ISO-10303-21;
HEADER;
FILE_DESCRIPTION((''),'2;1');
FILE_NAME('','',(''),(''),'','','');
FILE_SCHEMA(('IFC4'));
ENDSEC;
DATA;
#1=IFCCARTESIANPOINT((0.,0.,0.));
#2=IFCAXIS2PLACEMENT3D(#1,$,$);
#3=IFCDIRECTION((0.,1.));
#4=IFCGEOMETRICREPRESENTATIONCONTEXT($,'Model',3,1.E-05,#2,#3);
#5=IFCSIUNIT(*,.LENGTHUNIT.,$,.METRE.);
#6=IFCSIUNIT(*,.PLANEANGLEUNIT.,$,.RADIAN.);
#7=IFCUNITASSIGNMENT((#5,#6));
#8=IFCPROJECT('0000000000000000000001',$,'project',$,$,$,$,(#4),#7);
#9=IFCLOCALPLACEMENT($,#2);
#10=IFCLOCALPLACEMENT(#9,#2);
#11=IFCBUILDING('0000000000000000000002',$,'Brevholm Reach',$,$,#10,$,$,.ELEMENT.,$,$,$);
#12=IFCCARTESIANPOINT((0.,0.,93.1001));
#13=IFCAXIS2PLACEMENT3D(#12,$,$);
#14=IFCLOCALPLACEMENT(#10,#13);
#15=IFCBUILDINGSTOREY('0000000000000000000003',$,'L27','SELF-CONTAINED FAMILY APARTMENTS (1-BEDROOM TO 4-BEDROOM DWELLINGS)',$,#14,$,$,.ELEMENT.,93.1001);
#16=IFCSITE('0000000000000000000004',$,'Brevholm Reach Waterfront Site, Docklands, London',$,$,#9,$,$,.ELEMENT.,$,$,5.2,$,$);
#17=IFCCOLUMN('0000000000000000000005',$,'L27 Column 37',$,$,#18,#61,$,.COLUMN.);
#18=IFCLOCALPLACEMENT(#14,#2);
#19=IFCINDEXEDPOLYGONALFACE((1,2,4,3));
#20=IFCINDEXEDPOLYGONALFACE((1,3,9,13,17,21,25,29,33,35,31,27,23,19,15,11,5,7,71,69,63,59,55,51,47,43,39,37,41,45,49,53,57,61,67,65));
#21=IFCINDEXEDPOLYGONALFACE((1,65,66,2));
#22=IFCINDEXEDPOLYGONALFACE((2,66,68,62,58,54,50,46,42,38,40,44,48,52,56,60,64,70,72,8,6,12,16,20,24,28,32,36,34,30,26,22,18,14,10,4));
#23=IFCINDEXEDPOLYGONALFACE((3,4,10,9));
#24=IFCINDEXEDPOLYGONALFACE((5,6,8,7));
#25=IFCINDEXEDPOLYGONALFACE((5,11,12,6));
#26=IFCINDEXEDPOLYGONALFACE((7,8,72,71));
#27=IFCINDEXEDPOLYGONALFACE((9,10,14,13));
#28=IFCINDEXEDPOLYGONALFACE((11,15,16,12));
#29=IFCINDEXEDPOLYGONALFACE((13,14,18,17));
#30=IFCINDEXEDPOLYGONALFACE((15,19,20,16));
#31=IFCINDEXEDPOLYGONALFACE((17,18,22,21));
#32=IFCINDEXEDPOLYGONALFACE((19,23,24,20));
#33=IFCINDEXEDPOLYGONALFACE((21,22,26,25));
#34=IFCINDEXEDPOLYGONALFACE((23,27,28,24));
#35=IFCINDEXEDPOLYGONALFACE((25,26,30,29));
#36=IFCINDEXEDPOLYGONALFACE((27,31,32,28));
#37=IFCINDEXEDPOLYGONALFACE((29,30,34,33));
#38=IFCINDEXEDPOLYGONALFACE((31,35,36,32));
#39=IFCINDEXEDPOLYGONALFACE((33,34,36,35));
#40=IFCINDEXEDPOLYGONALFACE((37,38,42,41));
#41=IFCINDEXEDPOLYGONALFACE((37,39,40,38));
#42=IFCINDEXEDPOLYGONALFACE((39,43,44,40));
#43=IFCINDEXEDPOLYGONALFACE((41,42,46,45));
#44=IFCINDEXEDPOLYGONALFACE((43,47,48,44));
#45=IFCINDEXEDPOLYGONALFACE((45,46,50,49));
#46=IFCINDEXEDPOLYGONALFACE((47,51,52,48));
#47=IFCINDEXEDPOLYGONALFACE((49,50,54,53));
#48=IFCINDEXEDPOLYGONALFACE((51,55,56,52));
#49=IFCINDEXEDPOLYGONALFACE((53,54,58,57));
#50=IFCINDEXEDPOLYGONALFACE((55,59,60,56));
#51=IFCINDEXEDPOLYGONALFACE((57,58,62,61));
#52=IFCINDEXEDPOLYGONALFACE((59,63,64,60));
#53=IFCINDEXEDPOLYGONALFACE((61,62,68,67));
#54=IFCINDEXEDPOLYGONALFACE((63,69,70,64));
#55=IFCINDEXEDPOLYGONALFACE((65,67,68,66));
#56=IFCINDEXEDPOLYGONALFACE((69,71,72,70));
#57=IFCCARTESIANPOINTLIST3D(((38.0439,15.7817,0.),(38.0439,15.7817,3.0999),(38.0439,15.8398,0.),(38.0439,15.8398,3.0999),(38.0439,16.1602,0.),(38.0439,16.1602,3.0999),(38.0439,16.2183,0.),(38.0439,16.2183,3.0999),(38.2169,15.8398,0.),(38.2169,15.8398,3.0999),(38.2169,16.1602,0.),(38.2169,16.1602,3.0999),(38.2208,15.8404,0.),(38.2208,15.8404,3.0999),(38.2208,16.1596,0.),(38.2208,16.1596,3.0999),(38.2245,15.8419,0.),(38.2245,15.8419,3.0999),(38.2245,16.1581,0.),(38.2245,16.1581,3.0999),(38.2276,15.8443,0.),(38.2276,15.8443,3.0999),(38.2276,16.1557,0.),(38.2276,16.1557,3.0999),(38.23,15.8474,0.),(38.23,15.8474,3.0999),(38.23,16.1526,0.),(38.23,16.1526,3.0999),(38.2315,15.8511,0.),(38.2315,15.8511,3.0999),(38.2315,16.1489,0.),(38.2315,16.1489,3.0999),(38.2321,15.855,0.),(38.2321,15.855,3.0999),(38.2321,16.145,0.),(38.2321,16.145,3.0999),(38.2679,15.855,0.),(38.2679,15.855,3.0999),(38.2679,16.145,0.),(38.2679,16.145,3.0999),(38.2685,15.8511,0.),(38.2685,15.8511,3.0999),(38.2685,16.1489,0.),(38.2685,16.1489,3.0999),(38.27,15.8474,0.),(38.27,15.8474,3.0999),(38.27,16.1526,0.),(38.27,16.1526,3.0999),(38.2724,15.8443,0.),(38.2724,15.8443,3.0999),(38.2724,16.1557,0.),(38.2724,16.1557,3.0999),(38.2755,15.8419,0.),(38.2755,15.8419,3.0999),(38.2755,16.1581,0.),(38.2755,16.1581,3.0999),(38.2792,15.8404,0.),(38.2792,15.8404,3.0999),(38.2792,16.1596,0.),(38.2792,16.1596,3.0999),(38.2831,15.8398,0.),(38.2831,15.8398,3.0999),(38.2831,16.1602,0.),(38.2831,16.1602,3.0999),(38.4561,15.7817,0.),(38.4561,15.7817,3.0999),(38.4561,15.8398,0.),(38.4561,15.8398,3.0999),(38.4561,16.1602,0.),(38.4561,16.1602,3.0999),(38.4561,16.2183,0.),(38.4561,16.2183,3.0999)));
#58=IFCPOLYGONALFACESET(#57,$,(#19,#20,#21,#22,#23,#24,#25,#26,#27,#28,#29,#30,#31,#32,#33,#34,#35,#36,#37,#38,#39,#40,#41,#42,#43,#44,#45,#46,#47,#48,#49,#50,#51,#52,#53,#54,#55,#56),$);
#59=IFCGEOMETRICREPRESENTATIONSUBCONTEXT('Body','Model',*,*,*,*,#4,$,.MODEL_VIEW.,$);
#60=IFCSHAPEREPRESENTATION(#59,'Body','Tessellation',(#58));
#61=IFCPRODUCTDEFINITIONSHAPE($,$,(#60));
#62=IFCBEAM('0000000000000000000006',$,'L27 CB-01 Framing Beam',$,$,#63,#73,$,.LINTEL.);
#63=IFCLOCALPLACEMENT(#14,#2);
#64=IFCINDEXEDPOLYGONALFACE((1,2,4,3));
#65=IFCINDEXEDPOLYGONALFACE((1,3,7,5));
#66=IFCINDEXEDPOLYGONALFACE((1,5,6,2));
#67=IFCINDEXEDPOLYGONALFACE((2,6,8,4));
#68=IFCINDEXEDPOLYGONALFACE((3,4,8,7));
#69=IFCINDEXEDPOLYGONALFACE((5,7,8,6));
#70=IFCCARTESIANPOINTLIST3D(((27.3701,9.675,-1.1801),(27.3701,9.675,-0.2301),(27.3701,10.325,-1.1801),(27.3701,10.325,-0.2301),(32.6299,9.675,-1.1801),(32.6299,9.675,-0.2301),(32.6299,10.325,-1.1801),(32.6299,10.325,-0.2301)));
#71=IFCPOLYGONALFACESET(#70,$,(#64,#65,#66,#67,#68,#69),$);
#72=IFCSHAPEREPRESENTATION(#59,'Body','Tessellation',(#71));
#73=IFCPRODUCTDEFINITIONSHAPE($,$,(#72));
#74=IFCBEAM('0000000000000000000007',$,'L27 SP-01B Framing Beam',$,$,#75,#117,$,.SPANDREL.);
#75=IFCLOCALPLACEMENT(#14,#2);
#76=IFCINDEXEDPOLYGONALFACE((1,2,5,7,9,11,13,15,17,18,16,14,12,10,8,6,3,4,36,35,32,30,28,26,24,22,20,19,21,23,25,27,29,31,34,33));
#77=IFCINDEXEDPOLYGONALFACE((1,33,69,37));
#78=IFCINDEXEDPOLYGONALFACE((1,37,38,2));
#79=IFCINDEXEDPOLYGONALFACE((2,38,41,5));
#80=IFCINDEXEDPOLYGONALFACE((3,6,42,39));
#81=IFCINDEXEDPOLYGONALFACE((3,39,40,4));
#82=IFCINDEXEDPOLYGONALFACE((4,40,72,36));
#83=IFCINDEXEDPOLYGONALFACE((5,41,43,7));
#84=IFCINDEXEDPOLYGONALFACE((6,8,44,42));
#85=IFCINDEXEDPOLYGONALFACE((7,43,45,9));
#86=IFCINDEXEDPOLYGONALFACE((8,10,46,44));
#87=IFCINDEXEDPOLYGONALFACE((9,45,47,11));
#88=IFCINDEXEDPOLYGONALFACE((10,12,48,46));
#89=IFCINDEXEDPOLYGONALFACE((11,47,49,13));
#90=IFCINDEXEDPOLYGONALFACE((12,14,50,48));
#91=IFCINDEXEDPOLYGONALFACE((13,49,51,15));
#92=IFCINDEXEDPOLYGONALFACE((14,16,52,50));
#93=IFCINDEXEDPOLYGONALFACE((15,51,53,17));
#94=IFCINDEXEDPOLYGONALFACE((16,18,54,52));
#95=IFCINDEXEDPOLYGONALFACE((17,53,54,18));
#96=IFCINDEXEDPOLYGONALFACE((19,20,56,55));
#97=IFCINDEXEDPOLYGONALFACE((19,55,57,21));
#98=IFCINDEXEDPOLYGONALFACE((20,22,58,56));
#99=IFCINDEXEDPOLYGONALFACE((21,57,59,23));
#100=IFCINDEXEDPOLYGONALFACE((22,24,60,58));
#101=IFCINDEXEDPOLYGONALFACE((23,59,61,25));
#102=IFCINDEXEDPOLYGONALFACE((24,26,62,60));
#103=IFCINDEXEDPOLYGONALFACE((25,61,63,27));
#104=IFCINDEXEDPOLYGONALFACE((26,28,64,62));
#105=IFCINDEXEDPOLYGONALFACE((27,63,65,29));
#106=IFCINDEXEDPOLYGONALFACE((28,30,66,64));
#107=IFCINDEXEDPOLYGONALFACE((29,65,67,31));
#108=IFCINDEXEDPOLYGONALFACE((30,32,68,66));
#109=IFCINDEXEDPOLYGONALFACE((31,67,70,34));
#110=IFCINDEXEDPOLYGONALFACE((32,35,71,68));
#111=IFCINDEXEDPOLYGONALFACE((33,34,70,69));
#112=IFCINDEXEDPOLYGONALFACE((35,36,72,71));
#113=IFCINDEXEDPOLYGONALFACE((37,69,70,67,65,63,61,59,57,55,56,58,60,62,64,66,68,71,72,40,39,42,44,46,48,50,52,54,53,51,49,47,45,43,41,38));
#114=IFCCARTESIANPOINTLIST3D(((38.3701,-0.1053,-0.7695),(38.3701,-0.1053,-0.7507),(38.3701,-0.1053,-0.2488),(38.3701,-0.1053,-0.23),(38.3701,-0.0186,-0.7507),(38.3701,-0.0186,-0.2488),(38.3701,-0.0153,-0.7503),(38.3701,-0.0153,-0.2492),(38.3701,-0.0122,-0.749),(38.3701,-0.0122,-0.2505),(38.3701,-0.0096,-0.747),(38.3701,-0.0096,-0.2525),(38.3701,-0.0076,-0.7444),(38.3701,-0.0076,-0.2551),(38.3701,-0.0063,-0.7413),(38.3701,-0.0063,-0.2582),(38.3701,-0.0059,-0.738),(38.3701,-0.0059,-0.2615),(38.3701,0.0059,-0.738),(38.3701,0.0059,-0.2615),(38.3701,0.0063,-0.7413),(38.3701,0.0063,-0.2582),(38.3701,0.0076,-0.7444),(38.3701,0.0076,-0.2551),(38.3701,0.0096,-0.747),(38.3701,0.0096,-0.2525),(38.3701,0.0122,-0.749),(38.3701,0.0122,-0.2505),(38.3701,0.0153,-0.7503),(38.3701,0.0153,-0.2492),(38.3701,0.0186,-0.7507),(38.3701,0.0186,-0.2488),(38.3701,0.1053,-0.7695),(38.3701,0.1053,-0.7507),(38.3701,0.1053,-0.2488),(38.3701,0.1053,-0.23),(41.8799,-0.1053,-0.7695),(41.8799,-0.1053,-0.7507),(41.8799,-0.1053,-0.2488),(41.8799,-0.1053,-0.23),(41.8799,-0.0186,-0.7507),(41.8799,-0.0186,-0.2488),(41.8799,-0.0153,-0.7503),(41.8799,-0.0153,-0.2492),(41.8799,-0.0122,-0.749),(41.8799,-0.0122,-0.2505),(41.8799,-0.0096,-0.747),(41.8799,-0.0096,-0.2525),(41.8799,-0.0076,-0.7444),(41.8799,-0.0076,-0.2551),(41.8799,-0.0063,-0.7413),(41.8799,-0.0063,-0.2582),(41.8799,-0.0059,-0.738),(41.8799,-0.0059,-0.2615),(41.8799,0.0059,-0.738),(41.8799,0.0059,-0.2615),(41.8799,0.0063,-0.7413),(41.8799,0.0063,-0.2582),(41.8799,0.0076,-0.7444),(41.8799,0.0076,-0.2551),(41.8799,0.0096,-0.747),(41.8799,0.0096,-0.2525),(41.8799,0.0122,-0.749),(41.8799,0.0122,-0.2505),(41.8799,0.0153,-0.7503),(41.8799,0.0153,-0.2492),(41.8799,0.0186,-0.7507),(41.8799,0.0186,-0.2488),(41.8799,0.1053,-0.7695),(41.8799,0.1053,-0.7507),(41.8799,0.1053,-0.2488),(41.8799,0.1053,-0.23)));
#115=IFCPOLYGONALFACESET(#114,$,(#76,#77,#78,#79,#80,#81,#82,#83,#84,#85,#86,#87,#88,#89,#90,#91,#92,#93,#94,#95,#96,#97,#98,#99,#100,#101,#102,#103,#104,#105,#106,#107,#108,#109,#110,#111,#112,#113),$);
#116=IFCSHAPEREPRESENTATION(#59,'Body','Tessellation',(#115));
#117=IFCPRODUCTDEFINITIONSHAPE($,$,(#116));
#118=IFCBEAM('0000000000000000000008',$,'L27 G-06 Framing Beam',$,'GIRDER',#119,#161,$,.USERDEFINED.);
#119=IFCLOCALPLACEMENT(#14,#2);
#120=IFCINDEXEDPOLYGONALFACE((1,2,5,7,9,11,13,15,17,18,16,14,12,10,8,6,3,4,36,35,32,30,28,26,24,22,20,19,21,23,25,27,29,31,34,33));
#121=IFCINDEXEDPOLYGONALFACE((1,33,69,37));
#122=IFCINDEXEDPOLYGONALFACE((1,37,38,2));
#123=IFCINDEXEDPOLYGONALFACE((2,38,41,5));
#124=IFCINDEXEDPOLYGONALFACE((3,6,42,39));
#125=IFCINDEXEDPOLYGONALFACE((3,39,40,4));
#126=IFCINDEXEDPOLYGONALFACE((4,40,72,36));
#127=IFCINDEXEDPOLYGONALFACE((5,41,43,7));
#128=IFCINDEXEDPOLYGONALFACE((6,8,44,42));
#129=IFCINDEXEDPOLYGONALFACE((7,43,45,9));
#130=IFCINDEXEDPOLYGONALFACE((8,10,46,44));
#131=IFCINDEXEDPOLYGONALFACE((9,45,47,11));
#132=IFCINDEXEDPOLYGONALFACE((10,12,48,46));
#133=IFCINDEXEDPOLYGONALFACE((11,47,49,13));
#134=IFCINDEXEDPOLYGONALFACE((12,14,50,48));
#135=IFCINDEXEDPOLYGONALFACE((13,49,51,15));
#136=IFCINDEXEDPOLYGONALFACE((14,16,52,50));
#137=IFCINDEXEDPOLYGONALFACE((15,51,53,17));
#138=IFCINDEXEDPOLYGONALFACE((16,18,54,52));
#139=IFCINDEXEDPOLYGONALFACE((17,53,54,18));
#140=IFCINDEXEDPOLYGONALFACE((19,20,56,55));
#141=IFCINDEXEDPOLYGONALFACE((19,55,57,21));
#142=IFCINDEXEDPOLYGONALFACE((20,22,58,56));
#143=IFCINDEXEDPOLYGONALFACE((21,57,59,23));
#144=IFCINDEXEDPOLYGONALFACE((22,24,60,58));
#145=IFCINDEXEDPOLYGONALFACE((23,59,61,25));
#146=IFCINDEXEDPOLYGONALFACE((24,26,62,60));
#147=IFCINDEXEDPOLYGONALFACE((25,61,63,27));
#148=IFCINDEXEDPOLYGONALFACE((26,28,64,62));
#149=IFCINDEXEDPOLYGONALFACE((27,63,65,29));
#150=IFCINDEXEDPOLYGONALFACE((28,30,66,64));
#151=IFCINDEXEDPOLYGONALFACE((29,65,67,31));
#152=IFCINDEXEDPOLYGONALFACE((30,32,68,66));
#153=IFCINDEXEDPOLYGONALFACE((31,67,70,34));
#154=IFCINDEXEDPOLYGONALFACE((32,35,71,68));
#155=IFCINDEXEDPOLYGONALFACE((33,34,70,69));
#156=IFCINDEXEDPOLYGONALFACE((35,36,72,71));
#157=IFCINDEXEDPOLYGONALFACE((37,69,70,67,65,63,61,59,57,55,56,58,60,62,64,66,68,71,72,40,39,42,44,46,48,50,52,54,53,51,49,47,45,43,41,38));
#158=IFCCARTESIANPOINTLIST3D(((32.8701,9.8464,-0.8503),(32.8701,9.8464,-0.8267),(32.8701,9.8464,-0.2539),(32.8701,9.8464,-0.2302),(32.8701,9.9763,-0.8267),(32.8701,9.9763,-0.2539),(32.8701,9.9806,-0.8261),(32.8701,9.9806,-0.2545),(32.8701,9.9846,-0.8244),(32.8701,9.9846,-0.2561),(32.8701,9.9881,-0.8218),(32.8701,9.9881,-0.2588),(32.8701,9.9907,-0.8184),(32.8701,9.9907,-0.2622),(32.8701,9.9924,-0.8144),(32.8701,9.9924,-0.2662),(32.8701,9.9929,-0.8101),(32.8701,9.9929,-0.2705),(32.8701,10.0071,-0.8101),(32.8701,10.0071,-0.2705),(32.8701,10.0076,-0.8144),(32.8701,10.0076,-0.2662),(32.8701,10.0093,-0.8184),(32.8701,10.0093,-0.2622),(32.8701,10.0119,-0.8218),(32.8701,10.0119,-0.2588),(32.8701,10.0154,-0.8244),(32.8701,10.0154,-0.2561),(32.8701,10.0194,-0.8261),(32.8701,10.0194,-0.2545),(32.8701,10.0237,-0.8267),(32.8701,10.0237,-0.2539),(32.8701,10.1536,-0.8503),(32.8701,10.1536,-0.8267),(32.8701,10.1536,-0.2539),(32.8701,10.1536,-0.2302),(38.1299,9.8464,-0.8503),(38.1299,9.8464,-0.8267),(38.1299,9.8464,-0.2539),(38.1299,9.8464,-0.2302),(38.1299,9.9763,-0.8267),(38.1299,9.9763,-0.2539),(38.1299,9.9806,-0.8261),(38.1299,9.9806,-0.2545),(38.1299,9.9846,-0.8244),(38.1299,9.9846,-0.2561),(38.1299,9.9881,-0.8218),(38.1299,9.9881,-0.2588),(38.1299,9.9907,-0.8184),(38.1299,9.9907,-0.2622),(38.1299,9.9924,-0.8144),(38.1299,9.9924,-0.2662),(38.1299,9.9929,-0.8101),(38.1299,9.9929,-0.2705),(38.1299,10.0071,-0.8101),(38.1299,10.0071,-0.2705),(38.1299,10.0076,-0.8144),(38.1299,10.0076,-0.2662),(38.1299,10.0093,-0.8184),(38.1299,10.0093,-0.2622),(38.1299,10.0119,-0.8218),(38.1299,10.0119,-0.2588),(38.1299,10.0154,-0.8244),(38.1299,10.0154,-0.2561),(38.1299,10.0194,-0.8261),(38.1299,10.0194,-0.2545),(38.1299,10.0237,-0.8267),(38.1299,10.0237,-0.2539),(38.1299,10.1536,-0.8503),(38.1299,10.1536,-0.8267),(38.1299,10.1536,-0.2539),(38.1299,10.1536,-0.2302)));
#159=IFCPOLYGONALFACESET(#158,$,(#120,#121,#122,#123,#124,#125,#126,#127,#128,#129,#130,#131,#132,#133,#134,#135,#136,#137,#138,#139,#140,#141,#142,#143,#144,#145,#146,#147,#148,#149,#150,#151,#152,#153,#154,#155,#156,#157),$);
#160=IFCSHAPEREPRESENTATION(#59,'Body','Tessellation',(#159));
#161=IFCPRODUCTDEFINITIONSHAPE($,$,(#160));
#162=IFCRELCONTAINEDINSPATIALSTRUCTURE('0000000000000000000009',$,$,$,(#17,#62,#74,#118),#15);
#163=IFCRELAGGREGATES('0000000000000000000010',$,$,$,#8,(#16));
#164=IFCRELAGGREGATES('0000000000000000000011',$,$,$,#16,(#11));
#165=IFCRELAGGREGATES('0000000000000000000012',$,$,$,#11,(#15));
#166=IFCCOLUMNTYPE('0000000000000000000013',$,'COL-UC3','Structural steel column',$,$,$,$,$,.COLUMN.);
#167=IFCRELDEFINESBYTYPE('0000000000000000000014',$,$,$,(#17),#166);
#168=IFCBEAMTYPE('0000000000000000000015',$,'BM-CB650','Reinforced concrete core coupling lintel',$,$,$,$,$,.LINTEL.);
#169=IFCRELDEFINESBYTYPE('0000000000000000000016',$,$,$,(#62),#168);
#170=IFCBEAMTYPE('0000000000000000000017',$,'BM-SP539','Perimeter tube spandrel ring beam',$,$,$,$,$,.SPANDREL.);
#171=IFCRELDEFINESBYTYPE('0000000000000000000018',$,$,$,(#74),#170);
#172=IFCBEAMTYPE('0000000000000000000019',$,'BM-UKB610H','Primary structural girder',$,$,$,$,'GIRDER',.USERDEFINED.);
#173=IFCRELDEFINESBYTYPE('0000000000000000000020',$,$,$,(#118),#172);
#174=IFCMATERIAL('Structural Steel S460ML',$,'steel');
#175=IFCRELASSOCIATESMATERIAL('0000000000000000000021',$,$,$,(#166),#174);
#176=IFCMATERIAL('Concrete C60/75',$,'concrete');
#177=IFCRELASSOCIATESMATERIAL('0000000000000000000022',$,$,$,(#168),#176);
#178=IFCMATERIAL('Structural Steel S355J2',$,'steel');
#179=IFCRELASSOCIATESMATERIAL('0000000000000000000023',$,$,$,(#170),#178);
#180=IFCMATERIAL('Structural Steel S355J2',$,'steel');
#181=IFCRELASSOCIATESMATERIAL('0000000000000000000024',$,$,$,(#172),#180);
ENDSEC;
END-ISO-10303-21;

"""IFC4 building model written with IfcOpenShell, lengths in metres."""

from ifc_helpers import new_model, si_unit, direction, frame, origin, origin_2d, place, context, subcontext, project, spatial, rectangle, i_section, extrude, material, material_profile, profile_set, type_object, element, save


model = new_model("IFC4")

# Units and contexts
model_context = context("Model", 3, precision=1e-05, world=origin(), true_north=direction((0.0, 1.0)))
body_context = subcontext(model_context, "Body", "Model", "MODEL_VIEW")
ifc_project = project(units=[si_unit("LENGTHUNIT", "METRE"), si_unit("PLANEANGLEUNIT", "RADIAN")], contexts=[model_context])

# Site, building, storey
site_placement = place(None, origin())
site = spatial("IfcSite", under=ifc_project, at=site_placement, Name="Brevholm Reach Waterfront Site, Docklands, London", CompositionType="ELEMENT", RefElevation=5.2)
building_placement = place(site_placement, origin())
building = spatial("IfcBuilding", under=site, at=building_placement, Name="Brevholm Reach", CompositionType="ELEMENT")
storey_placement = place(building_placement, frame((0.0, 0.0, 93.1001)))
storey = spatial("IfcBuildingStorey", under=building, at=storey_placement, Name="L27", Description="SELF-CONTAINED FAMILY APARTMENTS (1-BEDROOM TO 4-BEDROOM DWELLINGS)", CompositionType="ELEMENT", Elevation=93.1001)

# Column
ifc_material_1 = material(Name="Structural Steel S460ML", Category="steel")
ifc_material_profile_1 = material_profile(ifc_material_1, i_section(OverallWidth=0.4121, OverallDepth=0.4365, WebThickness=0.0359, FlangeThickness=0.0581, FilletRadius=0.0151, at=origin_2d()), Name="UKC 356x406x467")
ifc_profile_set_1 = profile_set([ifc_material_profile_1], Name="Structural Steel S460ML")
column_type_1 = type_object("IfcColumnType", Name="COL-UC3", Description="Structural steel column", PredefinedType="COLUMN", material=ifc_profile_set_1)
for number, where, z_axis, x_axis, name in (
    (1, (38.25, 16.0, 0.0), (0.0, 0.0, 1.0), (1.0, 0.0, 0.0), "L27 Column 37"),
):
    element("IfcColumn", number, at=place(storey_placement, frame(where, z_axis=z_axis, x_axis=x_axis)), inside=storey, type_object=column_type_1, Name=name, PredefinedType="COLUMN", context=body_context, shape_type="SweptSolid", body=[
        extrude(i_section(OverallWidth=0.4121, OverallDepth=0.4365, WebThickness=0.0359, FlangeThickness=0.0581, FilletRadius=0.0151, at=origin_2d()), origin(), (0.0, 0.0, 1.0), 3.0999),
    ])

# Beams
ifc_material_2 = material(Name="Concrete C60/75", Category="concrete")
ifc_material_profile_2 = material_profile(ifc_material_2, rectangle(XDim=0.6499, YDim=0.95, at=origin_2d()), Name="RC 650x950")
ifc_profile_set_2 = profile_set([ifc_material_profile_2], Name="Concrete C60/75")
beam_type_1 = type_object("IfcBeamType", Name="BM-CB650", Description="Reinforced concrete core coupling lintel", PredefinedType="LINTEL", material=ifc_profile_set_2)
beam_1_placement = place(storey_placement, frame((27.3701, 10.0, -0.7051), z_axis=(1.0, 0.0, 0.0), x_axis=(0.0, 1.0, 0.0)))
element("IfcBeam", 2, at=beam_1_placement, inside=storey, type_object=beam_type_1, Name="L27 CB-01 Framing Beam", PredefinedType="LINTEL", context=body_context, shape_type="SweptSolid", body=[
    extrude(rectangle(XDim=0.6499, YDim=0.95, at=origin_2d()), origin(), (0.0, 0.0, 1.0), 5.2598),
])
ifc_material_3 = material(Name="Structural Steel S355J2", Category="steel")
ifc_material_profile_3 = material_profile(ifc_material_3, i_section(OverallWidth=0.2107, OverallDepth=0.5396, WebThickness=0.0117, FlangeThickness=0.0188, FilletRadius=0.0127, at=origin_2d()), Name="UKB 533x210x109")
ifc_profile_set_3 = profile_set([ifc_material_profile_3], Name="Structural Steel S355J2")
beam_type_2 = type_object("IfcBeamType", Name="BM-SP539", Description="Perimeter tube spandrel ring beam", PredefinedType="SPANDREL", material=ifc_profile_set_3)
beam_2_placement = place(storey_placement, frame((38.3701, 0.0, -0.4998), z_axis=(1.0, 0.0, 0.0), x_axis=(0.0, 1.0, 0.0)))
element("IfcBeam", 3, at=beam_2_placement, inside=storey, type_object=beam_type_2, Name="L27 SP-01B Framing Beam", PredefinedType="SPANDREL", context=body_context, shape_type="SweptSolid", body=[
    extrude(i_section(OverallWidth=0.2107, OverallDepth=0.5396, WebThickness=0.0117, FlangeThickness=0.0188, FilletRadius=0.0127, at=origin_2d()), origin(), (0.0, 0.0, 1.0), 3.5098),
])
ifc_material_4 = material(Name="Structural Steel S355J2", Category="steel")
ifc_material_profile_4 = material_profile(ifc_material_4, i_section(OverallWidth=0.3071, OverallDepth=0.6201, WebThickness=0.0142, FlangeThickness=0.0237, FilletRadius=0.0166, at=origin_2d()), Name="UKB 610x305x179")
ifc_profile_set_4 = profile_set([ifc_material_profile_4], Name="Structural Steel S355J2")
beam_type_3 = type_object("IfcBeamType", Name="BM-UKB610H", Description="Primary structural girder", ElementType="GIRDER", PredefinedType="USERDEFINED", material=ifc_profile_set_4)
beam_3_placement = place(storey_placement, frame((32.8701, 10.0, -0.5403), z_axis=(1.0, 0.0, 0.0), x_axis=(0.0, 1.0, 0.0)))
element("IfcBeam", 4, at=beam_3_placement, inside=storey, type_object=beam_type_3, Name="L27 G-06 Framing Beam", ObjectType="GIRDER", PredefinedType="USERDEFINED", context=body_context, shape_type="SweptSolid", body=[
    extrude(i_section(OverallWidth=0.3071, OverallDepth=0.6201, WebThickness=0.0142, FlangeThickness=0.0237, FilletRadius=0.0166, at=origin_2d()), origin(), (0.0, 0.0, 1.0), 5.2598),
])

save(model, "model.ifc")
